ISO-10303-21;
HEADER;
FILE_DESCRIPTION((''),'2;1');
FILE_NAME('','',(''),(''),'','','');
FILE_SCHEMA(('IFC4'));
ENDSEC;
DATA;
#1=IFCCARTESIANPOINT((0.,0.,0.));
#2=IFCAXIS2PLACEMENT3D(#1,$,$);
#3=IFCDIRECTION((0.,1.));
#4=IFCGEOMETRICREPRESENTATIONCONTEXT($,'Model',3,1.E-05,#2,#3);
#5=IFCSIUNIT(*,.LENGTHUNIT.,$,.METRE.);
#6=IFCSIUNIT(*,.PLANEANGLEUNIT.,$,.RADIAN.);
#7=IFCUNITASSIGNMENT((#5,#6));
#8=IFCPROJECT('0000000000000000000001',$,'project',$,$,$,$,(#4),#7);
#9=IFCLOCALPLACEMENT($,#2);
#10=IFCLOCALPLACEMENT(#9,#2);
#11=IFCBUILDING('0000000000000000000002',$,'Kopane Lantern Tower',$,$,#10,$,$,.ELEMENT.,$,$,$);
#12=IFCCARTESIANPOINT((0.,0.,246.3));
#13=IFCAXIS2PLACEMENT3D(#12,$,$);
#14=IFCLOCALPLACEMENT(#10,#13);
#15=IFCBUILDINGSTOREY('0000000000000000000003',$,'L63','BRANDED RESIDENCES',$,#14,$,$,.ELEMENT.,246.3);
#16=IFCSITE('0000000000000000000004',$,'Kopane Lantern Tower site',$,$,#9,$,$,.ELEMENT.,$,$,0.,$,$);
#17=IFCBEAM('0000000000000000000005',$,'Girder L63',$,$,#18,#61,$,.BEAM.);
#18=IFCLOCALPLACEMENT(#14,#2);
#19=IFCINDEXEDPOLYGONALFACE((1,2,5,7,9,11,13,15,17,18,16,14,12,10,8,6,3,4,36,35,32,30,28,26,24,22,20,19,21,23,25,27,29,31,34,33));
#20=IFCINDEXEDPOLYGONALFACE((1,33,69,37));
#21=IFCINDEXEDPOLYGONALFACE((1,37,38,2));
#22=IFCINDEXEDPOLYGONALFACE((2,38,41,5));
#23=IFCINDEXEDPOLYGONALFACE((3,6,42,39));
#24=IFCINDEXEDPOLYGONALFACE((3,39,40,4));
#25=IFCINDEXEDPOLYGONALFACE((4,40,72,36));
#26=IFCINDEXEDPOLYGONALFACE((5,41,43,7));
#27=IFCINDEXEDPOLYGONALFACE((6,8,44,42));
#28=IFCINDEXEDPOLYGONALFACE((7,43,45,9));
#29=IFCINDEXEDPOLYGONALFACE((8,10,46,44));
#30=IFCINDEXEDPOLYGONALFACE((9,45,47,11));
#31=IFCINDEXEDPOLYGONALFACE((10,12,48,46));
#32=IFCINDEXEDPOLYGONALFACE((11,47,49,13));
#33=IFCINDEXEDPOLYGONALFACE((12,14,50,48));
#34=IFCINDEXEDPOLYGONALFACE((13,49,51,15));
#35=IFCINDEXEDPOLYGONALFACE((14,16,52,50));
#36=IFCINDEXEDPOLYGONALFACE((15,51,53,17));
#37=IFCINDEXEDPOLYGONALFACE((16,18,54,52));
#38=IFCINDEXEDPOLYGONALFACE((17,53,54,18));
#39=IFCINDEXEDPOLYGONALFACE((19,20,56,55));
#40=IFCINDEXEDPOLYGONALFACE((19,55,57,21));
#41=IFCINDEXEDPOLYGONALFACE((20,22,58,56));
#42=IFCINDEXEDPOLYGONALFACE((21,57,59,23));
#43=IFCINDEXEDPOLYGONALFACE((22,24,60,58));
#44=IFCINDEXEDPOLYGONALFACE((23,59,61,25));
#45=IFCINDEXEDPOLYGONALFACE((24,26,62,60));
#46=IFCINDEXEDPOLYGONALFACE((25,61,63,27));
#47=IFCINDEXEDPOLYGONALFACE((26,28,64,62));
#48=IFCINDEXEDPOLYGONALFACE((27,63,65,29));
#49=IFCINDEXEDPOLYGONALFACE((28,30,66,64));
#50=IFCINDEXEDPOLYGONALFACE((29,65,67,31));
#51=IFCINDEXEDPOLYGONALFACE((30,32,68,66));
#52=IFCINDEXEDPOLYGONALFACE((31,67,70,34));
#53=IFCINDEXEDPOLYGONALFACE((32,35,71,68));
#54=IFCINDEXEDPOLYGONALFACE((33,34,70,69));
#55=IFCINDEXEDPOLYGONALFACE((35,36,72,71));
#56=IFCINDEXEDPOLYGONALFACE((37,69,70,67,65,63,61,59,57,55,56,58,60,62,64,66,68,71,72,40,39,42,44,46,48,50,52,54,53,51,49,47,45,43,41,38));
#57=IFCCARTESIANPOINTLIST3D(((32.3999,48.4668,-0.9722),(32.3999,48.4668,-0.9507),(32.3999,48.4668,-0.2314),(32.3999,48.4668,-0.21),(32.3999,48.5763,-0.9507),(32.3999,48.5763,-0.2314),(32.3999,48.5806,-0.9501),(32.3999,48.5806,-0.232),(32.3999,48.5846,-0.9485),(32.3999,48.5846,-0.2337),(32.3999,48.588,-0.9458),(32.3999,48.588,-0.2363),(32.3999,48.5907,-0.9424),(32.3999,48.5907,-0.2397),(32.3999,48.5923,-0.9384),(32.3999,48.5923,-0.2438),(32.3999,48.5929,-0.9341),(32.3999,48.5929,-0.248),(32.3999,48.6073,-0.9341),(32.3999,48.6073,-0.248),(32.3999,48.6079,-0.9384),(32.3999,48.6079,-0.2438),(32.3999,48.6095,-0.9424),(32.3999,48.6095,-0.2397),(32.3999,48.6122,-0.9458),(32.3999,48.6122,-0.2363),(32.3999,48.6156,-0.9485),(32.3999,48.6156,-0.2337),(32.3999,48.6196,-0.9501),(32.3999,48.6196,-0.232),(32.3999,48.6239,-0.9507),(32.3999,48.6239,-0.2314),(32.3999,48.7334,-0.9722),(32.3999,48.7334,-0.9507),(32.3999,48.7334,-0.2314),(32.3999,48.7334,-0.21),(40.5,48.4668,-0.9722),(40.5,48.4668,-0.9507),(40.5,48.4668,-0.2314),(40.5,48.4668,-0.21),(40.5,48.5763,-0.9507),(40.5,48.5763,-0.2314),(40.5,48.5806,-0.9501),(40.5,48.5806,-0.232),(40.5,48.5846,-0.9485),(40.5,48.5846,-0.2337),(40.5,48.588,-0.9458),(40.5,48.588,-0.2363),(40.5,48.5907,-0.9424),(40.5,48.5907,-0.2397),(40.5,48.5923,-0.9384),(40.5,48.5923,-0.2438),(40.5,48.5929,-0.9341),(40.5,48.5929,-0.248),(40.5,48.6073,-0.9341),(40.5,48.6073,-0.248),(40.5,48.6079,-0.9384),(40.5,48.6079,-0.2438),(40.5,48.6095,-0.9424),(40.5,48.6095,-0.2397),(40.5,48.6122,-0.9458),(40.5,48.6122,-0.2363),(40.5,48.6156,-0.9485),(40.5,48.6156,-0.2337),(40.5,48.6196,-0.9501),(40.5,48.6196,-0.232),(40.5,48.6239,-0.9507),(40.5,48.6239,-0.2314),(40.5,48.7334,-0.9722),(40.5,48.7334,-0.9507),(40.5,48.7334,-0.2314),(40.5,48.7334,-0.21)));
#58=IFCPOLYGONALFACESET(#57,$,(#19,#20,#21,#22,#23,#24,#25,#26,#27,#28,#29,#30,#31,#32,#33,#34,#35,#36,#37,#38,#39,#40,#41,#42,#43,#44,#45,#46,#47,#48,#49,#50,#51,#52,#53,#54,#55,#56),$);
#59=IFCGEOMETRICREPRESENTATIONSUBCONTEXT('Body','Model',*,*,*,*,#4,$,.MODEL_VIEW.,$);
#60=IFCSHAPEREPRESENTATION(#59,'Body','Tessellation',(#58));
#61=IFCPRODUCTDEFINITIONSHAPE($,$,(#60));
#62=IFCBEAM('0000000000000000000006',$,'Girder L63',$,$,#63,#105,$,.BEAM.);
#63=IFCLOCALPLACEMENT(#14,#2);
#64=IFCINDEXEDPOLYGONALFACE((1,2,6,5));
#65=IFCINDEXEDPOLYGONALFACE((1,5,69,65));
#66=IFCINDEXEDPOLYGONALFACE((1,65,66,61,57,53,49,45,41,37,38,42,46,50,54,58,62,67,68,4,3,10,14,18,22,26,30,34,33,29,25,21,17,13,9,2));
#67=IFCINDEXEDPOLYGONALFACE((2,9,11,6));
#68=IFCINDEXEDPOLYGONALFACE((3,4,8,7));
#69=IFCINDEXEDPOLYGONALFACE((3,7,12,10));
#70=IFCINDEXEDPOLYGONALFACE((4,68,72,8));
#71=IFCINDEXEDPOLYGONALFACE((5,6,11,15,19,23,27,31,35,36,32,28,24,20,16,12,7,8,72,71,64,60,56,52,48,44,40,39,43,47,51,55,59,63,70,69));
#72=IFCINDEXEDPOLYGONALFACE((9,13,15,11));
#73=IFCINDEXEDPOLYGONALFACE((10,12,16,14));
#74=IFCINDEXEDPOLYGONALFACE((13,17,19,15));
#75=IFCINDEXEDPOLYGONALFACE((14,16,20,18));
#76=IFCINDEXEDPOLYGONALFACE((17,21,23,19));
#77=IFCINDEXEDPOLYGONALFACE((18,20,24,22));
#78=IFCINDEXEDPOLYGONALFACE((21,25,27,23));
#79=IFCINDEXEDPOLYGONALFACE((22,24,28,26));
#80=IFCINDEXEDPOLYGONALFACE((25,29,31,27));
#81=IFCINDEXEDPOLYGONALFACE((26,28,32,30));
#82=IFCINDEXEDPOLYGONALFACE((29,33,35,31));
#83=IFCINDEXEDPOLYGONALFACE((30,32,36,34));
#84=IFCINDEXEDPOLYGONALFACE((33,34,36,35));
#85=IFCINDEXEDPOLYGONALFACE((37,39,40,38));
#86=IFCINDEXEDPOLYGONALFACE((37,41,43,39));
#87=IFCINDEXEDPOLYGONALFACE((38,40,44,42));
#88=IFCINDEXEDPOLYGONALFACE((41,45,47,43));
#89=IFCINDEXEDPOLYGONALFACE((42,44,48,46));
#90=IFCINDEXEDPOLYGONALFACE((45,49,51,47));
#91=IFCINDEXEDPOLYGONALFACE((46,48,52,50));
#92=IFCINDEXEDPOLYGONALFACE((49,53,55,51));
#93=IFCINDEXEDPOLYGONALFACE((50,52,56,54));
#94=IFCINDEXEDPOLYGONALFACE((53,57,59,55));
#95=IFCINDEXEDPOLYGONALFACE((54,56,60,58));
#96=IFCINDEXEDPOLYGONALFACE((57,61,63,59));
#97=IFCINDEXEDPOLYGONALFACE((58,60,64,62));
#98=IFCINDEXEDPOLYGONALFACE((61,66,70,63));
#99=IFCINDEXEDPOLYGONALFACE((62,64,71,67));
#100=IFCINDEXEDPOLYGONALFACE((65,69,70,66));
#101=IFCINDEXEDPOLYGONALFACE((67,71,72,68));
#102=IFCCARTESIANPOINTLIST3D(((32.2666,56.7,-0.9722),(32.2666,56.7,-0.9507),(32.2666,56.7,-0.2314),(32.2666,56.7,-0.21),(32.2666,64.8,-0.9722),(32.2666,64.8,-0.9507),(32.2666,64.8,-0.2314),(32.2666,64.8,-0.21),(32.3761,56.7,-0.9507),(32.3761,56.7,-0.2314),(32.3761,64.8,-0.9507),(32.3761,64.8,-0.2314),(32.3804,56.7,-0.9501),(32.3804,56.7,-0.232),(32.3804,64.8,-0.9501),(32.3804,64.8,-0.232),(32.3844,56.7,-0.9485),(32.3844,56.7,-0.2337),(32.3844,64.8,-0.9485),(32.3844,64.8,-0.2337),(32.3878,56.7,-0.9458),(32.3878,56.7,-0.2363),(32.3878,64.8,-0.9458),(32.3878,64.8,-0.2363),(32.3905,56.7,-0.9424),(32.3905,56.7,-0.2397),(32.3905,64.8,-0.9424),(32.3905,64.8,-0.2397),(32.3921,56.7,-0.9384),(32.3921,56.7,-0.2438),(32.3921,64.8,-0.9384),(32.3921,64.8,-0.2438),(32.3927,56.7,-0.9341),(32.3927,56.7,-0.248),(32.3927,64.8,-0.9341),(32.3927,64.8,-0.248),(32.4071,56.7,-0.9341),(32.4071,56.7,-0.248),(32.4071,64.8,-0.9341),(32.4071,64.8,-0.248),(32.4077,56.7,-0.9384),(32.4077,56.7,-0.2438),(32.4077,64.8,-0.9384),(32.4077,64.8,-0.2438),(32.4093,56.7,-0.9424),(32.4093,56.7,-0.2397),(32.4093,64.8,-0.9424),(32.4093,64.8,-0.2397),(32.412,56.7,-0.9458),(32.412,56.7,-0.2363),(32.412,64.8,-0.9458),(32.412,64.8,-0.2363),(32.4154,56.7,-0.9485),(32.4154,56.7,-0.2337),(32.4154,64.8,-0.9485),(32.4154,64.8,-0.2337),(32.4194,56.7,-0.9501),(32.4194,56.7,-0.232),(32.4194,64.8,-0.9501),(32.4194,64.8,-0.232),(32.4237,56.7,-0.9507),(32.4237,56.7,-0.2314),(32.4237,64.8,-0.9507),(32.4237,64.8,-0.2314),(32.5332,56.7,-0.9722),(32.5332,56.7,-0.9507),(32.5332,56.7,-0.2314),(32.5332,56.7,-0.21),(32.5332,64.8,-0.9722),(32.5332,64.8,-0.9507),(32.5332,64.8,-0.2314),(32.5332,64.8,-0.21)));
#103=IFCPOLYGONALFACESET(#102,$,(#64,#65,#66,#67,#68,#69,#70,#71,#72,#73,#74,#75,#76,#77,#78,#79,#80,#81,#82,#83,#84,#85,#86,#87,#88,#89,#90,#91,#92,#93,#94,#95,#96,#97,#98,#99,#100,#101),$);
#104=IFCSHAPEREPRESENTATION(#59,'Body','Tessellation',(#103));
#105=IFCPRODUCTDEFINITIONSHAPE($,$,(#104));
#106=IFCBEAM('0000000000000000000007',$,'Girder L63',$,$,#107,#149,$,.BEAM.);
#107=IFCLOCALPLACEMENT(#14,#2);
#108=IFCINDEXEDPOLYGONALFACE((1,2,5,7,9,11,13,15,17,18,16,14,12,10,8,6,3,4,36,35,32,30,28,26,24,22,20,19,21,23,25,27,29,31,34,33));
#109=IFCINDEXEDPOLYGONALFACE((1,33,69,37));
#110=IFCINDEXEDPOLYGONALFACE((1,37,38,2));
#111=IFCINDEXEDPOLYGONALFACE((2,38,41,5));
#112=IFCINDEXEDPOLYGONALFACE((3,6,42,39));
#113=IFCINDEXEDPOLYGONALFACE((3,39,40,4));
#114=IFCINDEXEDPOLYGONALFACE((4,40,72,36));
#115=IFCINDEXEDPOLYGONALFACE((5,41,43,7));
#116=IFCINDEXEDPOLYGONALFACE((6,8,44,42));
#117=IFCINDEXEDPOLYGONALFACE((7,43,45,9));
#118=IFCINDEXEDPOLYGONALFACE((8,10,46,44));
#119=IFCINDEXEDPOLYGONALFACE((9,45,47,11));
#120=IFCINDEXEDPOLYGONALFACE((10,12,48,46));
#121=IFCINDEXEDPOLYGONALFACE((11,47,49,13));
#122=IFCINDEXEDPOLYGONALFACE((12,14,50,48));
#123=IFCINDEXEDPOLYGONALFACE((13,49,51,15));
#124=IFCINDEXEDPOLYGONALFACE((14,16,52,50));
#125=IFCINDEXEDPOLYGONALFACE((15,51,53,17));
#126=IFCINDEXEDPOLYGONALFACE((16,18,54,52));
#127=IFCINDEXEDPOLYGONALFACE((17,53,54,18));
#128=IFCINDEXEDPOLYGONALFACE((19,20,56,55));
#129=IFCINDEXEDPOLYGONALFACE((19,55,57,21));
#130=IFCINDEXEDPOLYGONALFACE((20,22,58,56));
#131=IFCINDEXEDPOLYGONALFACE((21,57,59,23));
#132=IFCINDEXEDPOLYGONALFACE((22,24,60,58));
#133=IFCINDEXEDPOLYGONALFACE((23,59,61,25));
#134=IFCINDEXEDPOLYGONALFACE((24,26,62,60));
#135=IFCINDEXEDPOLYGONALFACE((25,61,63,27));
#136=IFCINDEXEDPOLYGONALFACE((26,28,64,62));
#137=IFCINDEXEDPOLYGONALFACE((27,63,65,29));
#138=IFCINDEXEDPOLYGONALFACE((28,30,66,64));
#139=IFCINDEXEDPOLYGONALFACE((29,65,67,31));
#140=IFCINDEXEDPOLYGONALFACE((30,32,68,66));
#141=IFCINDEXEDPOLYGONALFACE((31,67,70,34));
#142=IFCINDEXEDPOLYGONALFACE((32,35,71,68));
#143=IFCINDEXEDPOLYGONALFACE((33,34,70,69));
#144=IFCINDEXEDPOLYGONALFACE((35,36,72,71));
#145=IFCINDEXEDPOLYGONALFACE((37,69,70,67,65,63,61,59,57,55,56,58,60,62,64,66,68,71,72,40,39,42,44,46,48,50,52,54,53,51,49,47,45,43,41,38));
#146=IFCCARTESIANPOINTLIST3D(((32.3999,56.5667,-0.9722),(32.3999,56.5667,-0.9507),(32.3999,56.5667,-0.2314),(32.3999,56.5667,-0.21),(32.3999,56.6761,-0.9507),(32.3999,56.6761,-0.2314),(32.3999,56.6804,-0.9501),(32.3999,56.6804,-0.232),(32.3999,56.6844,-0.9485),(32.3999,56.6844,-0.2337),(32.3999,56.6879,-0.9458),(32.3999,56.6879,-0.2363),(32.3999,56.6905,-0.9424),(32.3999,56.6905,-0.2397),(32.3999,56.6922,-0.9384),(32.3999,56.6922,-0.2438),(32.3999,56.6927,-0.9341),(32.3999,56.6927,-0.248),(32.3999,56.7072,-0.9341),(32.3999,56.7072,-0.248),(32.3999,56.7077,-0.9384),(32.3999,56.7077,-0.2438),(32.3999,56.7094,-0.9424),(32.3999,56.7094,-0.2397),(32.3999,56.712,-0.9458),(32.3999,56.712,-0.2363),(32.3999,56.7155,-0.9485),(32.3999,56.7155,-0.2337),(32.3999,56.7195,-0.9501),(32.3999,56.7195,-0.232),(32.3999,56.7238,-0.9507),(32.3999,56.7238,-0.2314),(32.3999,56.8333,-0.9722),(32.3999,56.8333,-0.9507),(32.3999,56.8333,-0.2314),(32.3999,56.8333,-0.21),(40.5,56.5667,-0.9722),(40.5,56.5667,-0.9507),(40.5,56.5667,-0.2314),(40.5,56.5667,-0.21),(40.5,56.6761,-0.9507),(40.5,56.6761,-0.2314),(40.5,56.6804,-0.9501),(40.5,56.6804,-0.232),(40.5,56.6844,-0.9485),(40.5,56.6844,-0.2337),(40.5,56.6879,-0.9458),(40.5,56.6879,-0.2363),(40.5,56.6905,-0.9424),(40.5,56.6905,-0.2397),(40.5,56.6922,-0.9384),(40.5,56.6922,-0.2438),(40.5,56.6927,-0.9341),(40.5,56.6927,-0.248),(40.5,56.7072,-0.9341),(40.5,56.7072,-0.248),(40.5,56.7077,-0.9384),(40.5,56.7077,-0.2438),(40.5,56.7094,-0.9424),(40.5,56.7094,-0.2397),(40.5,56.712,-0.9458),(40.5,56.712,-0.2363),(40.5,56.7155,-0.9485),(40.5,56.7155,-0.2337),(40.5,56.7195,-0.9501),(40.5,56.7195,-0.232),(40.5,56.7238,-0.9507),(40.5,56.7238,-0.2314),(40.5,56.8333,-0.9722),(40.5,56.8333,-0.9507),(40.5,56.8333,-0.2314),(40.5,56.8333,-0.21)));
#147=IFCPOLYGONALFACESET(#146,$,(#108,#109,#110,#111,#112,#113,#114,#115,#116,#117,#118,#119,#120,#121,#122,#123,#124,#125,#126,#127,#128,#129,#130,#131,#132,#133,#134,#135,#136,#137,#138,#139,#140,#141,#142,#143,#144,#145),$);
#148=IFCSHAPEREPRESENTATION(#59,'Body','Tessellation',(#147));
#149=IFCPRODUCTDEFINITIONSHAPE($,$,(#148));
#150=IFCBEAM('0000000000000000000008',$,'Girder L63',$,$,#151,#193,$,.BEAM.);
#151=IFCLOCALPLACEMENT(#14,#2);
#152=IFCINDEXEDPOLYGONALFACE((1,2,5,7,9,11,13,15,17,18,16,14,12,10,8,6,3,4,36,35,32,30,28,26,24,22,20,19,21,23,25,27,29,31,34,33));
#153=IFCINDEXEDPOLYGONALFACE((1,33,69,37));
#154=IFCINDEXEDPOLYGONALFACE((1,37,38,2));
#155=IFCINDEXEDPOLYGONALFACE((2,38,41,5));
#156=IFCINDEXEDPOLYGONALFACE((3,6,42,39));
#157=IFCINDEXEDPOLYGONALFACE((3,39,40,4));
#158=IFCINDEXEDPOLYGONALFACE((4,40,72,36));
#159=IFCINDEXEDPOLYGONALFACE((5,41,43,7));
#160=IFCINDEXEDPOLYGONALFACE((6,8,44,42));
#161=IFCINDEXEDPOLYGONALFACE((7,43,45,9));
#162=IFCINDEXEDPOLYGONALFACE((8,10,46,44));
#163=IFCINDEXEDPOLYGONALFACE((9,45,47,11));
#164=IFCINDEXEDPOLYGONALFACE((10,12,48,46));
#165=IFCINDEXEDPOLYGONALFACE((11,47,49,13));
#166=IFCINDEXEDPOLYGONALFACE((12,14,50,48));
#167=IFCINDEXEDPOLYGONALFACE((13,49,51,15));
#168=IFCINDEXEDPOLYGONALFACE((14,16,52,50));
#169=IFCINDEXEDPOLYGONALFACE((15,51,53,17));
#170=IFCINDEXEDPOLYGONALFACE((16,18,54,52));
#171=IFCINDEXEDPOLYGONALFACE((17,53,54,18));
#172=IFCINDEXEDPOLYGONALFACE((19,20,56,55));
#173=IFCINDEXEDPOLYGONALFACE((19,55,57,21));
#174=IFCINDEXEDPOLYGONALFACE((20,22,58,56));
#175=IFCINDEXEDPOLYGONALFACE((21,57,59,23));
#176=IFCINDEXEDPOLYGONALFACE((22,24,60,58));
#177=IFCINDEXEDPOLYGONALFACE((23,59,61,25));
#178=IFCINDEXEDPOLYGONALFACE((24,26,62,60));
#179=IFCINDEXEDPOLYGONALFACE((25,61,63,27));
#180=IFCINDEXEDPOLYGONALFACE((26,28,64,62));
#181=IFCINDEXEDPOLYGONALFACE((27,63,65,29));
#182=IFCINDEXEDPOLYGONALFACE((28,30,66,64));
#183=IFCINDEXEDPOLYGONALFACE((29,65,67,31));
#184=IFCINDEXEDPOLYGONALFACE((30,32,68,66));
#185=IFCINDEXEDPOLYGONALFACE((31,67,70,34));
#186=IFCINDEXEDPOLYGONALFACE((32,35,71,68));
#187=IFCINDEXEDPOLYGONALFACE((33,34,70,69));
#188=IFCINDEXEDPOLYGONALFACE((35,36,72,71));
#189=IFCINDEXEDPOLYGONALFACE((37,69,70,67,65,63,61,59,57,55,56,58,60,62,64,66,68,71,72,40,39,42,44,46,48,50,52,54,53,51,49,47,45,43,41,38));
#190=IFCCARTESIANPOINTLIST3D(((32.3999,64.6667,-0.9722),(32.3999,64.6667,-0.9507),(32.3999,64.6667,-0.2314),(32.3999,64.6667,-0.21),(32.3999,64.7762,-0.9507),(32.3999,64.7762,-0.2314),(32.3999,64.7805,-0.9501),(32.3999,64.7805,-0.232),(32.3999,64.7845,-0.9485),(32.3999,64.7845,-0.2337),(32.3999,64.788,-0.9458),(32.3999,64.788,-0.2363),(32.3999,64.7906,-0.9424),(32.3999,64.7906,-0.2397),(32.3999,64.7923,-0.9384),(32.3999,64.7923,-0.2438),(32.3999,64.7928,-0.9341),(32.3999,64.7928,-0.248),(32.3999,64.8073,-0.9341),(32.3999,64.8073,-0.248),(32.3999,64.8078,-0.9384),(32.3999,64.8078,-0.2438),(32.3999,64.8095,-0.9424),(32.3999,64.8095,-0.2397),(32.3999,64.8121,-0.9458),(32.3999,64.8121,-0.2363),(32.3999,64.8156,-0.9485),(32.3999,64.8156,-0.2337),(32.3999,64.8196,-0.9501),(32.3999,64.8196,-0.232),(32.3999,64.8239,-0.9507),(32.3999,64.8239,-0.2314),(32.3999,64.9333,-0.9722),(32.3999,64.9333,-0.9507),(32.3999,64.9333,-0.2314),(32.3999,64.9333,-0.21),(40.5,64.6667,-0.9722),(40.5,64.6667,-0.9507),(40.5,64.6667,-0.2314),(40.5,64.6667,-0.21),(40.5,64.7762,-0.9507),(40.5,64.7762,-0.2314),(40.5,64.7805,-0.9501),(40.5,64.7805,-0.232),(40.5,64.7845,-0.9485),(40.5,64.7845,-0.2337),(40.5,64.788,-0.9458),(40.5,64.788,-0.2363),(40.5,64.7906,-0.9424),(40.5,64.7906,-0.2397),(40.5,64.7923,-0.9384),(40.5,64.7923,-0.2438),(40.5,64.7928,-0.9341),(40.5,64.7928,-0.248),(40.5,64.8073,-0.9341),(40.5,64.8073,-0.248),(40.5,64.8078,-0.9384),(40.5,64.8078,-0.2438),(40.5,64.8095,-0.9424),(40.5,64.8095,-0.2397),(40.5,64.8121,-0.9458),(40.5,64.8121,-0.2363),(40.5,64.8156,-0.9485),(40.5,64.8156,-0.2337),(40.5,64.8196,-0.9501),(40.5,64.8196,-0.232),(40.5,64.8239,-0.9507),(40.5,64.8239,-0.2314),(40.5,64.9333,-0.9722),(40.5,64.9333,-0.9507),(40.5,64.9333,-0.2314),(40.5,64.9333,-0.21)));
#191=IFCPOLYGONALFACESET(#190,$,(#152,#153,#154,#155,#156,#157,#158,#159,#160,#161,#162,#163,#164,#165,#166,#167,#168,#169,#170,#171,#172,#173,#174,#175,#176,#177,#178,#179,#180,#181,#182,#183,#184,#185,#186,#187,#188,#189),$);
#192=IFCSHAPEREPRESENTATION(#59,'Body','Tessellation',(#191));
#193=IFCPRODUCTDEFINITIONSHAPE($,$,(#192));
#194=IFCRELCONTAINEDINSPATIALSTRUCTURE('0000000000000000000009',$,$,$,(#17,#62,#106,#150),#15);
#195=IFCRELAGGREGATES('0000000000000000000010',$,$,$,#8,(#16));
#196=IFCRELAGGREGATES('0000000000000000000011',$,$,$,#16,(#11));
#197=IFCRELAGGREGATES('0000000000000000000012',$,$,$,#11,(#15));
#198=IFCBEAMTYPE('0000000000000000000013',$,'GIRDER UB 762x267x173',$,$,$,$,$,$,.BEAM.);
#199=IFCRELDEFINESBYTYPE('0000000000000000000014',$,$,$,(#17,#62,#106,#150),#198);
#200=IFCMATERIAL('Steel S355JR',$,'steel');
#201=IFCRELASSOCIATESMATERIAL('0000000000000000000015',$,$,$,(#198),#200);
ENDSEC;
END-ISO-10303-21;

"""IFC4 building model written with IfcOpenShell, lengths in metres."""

from ifc_helpers import new_model, si_unit, direction, frame, origin, origin_2d, place, context, subcontext, project, spatial, i_section, extrude, material, material_profile, profile_set, type_object, element, save


model = new_model("IFC4")

# Units and contexts
model_context = context("Model", 3, precision=1e-05, world=origin(), true_north=direction((0.0, 1.0)))
body_context = subcontext(model_context, "Body", "Model", "MODEL_VIEW")
ifc_project = project(units=[si_unit("LENGTHUNIT", "METRE"), si_unit("PLANEANGLEUNIT", "RADIAN")], contexts=[model_context])

# Site, building, storey
site_placement = place(None, origin())
site = spatial("IfcSite", under=ifc_project, at=site_placement, Name="Kopane Lantern Tower site", CompositionType="ELEMENT", RefElevation=0.0)
building_placement = place(site_placement, origin())
building = spatial("IfcBuilding", under=site, at=building_placement, Name="Kopane Lantern Tower", CompositionType="ELEMENT")
storey_placement = place(building_placement, frame((0.0, 0.0, 246.3)))
storey = spatial("IfcBuildingStorey", under=building, at=storey_placement, Name="L63", Description="BRANDED RESIDENCES", CompositionType="ELEMENT", Elevation=246.3)

# Beams
ifc_material_1 = material(Name="Steel S355JR", Category="steel")
ifc_material_profile_1 = material_profile(ifc_material_1, i_section(OverallWidth=0.2666, OverallDepth=0.7622, WebThickness=0.0144, FlangeThickness=0.0215, FilletRadius=0.0166, at=origin_2d()), Name="UB 762x267x173")
ifc_profile_set_1 = profile_set([ifc_material_profile_1], Name="Steel S355JR")
beam_type = type_object("IfcBeamType", Name="GIRDER UB 762x267x173", PredefinedType="BEAM", material=ifc_profile_set_1)
for number, where, z_axis, x_axis, name in (
    (1, (32.3999, 48.6001, -0.5911), (1.0, 0.0, 0.0), (0.0, 1.0, 0.0), "Girder L63"),
    (2, (32.3999, 56.7, -0.5911), (0.0, 1.0, 0.0), (-1.0, 0.0, 0.0), "Girder L63"),
    (3, (32.3999, 56.7, -0.5911), (1.0, 0.0, 0.0), (0.0, 1.0, 0.0), "Girder L63"),
    (4, (32.3999, 64.8, -0.5911), (1.0, 0.0, 0.0), (0.0, 1.0, 0.0), "Girder L63"),
):
    element("IfcBeam", number, at=place(storey_placement, frame(where, z_axis=z_axis, x_axis=x_axis)), inside=storey, type_object=beam_type, Name=name, PredefinedType="BEAM", context=body_context, shape_type="SweptSolid", body=[
        extrude(i_section(OverallWidth=0.2666, OverallDepth=0.7622, WebThickness=0.0144, FlangeThickness=0.0215, FilletRadius=0.0166, at=origin_2d()), origin(), (0.0, 0.0, 1.0), 8.1001),
    ])

save(model, "model.ifc")
